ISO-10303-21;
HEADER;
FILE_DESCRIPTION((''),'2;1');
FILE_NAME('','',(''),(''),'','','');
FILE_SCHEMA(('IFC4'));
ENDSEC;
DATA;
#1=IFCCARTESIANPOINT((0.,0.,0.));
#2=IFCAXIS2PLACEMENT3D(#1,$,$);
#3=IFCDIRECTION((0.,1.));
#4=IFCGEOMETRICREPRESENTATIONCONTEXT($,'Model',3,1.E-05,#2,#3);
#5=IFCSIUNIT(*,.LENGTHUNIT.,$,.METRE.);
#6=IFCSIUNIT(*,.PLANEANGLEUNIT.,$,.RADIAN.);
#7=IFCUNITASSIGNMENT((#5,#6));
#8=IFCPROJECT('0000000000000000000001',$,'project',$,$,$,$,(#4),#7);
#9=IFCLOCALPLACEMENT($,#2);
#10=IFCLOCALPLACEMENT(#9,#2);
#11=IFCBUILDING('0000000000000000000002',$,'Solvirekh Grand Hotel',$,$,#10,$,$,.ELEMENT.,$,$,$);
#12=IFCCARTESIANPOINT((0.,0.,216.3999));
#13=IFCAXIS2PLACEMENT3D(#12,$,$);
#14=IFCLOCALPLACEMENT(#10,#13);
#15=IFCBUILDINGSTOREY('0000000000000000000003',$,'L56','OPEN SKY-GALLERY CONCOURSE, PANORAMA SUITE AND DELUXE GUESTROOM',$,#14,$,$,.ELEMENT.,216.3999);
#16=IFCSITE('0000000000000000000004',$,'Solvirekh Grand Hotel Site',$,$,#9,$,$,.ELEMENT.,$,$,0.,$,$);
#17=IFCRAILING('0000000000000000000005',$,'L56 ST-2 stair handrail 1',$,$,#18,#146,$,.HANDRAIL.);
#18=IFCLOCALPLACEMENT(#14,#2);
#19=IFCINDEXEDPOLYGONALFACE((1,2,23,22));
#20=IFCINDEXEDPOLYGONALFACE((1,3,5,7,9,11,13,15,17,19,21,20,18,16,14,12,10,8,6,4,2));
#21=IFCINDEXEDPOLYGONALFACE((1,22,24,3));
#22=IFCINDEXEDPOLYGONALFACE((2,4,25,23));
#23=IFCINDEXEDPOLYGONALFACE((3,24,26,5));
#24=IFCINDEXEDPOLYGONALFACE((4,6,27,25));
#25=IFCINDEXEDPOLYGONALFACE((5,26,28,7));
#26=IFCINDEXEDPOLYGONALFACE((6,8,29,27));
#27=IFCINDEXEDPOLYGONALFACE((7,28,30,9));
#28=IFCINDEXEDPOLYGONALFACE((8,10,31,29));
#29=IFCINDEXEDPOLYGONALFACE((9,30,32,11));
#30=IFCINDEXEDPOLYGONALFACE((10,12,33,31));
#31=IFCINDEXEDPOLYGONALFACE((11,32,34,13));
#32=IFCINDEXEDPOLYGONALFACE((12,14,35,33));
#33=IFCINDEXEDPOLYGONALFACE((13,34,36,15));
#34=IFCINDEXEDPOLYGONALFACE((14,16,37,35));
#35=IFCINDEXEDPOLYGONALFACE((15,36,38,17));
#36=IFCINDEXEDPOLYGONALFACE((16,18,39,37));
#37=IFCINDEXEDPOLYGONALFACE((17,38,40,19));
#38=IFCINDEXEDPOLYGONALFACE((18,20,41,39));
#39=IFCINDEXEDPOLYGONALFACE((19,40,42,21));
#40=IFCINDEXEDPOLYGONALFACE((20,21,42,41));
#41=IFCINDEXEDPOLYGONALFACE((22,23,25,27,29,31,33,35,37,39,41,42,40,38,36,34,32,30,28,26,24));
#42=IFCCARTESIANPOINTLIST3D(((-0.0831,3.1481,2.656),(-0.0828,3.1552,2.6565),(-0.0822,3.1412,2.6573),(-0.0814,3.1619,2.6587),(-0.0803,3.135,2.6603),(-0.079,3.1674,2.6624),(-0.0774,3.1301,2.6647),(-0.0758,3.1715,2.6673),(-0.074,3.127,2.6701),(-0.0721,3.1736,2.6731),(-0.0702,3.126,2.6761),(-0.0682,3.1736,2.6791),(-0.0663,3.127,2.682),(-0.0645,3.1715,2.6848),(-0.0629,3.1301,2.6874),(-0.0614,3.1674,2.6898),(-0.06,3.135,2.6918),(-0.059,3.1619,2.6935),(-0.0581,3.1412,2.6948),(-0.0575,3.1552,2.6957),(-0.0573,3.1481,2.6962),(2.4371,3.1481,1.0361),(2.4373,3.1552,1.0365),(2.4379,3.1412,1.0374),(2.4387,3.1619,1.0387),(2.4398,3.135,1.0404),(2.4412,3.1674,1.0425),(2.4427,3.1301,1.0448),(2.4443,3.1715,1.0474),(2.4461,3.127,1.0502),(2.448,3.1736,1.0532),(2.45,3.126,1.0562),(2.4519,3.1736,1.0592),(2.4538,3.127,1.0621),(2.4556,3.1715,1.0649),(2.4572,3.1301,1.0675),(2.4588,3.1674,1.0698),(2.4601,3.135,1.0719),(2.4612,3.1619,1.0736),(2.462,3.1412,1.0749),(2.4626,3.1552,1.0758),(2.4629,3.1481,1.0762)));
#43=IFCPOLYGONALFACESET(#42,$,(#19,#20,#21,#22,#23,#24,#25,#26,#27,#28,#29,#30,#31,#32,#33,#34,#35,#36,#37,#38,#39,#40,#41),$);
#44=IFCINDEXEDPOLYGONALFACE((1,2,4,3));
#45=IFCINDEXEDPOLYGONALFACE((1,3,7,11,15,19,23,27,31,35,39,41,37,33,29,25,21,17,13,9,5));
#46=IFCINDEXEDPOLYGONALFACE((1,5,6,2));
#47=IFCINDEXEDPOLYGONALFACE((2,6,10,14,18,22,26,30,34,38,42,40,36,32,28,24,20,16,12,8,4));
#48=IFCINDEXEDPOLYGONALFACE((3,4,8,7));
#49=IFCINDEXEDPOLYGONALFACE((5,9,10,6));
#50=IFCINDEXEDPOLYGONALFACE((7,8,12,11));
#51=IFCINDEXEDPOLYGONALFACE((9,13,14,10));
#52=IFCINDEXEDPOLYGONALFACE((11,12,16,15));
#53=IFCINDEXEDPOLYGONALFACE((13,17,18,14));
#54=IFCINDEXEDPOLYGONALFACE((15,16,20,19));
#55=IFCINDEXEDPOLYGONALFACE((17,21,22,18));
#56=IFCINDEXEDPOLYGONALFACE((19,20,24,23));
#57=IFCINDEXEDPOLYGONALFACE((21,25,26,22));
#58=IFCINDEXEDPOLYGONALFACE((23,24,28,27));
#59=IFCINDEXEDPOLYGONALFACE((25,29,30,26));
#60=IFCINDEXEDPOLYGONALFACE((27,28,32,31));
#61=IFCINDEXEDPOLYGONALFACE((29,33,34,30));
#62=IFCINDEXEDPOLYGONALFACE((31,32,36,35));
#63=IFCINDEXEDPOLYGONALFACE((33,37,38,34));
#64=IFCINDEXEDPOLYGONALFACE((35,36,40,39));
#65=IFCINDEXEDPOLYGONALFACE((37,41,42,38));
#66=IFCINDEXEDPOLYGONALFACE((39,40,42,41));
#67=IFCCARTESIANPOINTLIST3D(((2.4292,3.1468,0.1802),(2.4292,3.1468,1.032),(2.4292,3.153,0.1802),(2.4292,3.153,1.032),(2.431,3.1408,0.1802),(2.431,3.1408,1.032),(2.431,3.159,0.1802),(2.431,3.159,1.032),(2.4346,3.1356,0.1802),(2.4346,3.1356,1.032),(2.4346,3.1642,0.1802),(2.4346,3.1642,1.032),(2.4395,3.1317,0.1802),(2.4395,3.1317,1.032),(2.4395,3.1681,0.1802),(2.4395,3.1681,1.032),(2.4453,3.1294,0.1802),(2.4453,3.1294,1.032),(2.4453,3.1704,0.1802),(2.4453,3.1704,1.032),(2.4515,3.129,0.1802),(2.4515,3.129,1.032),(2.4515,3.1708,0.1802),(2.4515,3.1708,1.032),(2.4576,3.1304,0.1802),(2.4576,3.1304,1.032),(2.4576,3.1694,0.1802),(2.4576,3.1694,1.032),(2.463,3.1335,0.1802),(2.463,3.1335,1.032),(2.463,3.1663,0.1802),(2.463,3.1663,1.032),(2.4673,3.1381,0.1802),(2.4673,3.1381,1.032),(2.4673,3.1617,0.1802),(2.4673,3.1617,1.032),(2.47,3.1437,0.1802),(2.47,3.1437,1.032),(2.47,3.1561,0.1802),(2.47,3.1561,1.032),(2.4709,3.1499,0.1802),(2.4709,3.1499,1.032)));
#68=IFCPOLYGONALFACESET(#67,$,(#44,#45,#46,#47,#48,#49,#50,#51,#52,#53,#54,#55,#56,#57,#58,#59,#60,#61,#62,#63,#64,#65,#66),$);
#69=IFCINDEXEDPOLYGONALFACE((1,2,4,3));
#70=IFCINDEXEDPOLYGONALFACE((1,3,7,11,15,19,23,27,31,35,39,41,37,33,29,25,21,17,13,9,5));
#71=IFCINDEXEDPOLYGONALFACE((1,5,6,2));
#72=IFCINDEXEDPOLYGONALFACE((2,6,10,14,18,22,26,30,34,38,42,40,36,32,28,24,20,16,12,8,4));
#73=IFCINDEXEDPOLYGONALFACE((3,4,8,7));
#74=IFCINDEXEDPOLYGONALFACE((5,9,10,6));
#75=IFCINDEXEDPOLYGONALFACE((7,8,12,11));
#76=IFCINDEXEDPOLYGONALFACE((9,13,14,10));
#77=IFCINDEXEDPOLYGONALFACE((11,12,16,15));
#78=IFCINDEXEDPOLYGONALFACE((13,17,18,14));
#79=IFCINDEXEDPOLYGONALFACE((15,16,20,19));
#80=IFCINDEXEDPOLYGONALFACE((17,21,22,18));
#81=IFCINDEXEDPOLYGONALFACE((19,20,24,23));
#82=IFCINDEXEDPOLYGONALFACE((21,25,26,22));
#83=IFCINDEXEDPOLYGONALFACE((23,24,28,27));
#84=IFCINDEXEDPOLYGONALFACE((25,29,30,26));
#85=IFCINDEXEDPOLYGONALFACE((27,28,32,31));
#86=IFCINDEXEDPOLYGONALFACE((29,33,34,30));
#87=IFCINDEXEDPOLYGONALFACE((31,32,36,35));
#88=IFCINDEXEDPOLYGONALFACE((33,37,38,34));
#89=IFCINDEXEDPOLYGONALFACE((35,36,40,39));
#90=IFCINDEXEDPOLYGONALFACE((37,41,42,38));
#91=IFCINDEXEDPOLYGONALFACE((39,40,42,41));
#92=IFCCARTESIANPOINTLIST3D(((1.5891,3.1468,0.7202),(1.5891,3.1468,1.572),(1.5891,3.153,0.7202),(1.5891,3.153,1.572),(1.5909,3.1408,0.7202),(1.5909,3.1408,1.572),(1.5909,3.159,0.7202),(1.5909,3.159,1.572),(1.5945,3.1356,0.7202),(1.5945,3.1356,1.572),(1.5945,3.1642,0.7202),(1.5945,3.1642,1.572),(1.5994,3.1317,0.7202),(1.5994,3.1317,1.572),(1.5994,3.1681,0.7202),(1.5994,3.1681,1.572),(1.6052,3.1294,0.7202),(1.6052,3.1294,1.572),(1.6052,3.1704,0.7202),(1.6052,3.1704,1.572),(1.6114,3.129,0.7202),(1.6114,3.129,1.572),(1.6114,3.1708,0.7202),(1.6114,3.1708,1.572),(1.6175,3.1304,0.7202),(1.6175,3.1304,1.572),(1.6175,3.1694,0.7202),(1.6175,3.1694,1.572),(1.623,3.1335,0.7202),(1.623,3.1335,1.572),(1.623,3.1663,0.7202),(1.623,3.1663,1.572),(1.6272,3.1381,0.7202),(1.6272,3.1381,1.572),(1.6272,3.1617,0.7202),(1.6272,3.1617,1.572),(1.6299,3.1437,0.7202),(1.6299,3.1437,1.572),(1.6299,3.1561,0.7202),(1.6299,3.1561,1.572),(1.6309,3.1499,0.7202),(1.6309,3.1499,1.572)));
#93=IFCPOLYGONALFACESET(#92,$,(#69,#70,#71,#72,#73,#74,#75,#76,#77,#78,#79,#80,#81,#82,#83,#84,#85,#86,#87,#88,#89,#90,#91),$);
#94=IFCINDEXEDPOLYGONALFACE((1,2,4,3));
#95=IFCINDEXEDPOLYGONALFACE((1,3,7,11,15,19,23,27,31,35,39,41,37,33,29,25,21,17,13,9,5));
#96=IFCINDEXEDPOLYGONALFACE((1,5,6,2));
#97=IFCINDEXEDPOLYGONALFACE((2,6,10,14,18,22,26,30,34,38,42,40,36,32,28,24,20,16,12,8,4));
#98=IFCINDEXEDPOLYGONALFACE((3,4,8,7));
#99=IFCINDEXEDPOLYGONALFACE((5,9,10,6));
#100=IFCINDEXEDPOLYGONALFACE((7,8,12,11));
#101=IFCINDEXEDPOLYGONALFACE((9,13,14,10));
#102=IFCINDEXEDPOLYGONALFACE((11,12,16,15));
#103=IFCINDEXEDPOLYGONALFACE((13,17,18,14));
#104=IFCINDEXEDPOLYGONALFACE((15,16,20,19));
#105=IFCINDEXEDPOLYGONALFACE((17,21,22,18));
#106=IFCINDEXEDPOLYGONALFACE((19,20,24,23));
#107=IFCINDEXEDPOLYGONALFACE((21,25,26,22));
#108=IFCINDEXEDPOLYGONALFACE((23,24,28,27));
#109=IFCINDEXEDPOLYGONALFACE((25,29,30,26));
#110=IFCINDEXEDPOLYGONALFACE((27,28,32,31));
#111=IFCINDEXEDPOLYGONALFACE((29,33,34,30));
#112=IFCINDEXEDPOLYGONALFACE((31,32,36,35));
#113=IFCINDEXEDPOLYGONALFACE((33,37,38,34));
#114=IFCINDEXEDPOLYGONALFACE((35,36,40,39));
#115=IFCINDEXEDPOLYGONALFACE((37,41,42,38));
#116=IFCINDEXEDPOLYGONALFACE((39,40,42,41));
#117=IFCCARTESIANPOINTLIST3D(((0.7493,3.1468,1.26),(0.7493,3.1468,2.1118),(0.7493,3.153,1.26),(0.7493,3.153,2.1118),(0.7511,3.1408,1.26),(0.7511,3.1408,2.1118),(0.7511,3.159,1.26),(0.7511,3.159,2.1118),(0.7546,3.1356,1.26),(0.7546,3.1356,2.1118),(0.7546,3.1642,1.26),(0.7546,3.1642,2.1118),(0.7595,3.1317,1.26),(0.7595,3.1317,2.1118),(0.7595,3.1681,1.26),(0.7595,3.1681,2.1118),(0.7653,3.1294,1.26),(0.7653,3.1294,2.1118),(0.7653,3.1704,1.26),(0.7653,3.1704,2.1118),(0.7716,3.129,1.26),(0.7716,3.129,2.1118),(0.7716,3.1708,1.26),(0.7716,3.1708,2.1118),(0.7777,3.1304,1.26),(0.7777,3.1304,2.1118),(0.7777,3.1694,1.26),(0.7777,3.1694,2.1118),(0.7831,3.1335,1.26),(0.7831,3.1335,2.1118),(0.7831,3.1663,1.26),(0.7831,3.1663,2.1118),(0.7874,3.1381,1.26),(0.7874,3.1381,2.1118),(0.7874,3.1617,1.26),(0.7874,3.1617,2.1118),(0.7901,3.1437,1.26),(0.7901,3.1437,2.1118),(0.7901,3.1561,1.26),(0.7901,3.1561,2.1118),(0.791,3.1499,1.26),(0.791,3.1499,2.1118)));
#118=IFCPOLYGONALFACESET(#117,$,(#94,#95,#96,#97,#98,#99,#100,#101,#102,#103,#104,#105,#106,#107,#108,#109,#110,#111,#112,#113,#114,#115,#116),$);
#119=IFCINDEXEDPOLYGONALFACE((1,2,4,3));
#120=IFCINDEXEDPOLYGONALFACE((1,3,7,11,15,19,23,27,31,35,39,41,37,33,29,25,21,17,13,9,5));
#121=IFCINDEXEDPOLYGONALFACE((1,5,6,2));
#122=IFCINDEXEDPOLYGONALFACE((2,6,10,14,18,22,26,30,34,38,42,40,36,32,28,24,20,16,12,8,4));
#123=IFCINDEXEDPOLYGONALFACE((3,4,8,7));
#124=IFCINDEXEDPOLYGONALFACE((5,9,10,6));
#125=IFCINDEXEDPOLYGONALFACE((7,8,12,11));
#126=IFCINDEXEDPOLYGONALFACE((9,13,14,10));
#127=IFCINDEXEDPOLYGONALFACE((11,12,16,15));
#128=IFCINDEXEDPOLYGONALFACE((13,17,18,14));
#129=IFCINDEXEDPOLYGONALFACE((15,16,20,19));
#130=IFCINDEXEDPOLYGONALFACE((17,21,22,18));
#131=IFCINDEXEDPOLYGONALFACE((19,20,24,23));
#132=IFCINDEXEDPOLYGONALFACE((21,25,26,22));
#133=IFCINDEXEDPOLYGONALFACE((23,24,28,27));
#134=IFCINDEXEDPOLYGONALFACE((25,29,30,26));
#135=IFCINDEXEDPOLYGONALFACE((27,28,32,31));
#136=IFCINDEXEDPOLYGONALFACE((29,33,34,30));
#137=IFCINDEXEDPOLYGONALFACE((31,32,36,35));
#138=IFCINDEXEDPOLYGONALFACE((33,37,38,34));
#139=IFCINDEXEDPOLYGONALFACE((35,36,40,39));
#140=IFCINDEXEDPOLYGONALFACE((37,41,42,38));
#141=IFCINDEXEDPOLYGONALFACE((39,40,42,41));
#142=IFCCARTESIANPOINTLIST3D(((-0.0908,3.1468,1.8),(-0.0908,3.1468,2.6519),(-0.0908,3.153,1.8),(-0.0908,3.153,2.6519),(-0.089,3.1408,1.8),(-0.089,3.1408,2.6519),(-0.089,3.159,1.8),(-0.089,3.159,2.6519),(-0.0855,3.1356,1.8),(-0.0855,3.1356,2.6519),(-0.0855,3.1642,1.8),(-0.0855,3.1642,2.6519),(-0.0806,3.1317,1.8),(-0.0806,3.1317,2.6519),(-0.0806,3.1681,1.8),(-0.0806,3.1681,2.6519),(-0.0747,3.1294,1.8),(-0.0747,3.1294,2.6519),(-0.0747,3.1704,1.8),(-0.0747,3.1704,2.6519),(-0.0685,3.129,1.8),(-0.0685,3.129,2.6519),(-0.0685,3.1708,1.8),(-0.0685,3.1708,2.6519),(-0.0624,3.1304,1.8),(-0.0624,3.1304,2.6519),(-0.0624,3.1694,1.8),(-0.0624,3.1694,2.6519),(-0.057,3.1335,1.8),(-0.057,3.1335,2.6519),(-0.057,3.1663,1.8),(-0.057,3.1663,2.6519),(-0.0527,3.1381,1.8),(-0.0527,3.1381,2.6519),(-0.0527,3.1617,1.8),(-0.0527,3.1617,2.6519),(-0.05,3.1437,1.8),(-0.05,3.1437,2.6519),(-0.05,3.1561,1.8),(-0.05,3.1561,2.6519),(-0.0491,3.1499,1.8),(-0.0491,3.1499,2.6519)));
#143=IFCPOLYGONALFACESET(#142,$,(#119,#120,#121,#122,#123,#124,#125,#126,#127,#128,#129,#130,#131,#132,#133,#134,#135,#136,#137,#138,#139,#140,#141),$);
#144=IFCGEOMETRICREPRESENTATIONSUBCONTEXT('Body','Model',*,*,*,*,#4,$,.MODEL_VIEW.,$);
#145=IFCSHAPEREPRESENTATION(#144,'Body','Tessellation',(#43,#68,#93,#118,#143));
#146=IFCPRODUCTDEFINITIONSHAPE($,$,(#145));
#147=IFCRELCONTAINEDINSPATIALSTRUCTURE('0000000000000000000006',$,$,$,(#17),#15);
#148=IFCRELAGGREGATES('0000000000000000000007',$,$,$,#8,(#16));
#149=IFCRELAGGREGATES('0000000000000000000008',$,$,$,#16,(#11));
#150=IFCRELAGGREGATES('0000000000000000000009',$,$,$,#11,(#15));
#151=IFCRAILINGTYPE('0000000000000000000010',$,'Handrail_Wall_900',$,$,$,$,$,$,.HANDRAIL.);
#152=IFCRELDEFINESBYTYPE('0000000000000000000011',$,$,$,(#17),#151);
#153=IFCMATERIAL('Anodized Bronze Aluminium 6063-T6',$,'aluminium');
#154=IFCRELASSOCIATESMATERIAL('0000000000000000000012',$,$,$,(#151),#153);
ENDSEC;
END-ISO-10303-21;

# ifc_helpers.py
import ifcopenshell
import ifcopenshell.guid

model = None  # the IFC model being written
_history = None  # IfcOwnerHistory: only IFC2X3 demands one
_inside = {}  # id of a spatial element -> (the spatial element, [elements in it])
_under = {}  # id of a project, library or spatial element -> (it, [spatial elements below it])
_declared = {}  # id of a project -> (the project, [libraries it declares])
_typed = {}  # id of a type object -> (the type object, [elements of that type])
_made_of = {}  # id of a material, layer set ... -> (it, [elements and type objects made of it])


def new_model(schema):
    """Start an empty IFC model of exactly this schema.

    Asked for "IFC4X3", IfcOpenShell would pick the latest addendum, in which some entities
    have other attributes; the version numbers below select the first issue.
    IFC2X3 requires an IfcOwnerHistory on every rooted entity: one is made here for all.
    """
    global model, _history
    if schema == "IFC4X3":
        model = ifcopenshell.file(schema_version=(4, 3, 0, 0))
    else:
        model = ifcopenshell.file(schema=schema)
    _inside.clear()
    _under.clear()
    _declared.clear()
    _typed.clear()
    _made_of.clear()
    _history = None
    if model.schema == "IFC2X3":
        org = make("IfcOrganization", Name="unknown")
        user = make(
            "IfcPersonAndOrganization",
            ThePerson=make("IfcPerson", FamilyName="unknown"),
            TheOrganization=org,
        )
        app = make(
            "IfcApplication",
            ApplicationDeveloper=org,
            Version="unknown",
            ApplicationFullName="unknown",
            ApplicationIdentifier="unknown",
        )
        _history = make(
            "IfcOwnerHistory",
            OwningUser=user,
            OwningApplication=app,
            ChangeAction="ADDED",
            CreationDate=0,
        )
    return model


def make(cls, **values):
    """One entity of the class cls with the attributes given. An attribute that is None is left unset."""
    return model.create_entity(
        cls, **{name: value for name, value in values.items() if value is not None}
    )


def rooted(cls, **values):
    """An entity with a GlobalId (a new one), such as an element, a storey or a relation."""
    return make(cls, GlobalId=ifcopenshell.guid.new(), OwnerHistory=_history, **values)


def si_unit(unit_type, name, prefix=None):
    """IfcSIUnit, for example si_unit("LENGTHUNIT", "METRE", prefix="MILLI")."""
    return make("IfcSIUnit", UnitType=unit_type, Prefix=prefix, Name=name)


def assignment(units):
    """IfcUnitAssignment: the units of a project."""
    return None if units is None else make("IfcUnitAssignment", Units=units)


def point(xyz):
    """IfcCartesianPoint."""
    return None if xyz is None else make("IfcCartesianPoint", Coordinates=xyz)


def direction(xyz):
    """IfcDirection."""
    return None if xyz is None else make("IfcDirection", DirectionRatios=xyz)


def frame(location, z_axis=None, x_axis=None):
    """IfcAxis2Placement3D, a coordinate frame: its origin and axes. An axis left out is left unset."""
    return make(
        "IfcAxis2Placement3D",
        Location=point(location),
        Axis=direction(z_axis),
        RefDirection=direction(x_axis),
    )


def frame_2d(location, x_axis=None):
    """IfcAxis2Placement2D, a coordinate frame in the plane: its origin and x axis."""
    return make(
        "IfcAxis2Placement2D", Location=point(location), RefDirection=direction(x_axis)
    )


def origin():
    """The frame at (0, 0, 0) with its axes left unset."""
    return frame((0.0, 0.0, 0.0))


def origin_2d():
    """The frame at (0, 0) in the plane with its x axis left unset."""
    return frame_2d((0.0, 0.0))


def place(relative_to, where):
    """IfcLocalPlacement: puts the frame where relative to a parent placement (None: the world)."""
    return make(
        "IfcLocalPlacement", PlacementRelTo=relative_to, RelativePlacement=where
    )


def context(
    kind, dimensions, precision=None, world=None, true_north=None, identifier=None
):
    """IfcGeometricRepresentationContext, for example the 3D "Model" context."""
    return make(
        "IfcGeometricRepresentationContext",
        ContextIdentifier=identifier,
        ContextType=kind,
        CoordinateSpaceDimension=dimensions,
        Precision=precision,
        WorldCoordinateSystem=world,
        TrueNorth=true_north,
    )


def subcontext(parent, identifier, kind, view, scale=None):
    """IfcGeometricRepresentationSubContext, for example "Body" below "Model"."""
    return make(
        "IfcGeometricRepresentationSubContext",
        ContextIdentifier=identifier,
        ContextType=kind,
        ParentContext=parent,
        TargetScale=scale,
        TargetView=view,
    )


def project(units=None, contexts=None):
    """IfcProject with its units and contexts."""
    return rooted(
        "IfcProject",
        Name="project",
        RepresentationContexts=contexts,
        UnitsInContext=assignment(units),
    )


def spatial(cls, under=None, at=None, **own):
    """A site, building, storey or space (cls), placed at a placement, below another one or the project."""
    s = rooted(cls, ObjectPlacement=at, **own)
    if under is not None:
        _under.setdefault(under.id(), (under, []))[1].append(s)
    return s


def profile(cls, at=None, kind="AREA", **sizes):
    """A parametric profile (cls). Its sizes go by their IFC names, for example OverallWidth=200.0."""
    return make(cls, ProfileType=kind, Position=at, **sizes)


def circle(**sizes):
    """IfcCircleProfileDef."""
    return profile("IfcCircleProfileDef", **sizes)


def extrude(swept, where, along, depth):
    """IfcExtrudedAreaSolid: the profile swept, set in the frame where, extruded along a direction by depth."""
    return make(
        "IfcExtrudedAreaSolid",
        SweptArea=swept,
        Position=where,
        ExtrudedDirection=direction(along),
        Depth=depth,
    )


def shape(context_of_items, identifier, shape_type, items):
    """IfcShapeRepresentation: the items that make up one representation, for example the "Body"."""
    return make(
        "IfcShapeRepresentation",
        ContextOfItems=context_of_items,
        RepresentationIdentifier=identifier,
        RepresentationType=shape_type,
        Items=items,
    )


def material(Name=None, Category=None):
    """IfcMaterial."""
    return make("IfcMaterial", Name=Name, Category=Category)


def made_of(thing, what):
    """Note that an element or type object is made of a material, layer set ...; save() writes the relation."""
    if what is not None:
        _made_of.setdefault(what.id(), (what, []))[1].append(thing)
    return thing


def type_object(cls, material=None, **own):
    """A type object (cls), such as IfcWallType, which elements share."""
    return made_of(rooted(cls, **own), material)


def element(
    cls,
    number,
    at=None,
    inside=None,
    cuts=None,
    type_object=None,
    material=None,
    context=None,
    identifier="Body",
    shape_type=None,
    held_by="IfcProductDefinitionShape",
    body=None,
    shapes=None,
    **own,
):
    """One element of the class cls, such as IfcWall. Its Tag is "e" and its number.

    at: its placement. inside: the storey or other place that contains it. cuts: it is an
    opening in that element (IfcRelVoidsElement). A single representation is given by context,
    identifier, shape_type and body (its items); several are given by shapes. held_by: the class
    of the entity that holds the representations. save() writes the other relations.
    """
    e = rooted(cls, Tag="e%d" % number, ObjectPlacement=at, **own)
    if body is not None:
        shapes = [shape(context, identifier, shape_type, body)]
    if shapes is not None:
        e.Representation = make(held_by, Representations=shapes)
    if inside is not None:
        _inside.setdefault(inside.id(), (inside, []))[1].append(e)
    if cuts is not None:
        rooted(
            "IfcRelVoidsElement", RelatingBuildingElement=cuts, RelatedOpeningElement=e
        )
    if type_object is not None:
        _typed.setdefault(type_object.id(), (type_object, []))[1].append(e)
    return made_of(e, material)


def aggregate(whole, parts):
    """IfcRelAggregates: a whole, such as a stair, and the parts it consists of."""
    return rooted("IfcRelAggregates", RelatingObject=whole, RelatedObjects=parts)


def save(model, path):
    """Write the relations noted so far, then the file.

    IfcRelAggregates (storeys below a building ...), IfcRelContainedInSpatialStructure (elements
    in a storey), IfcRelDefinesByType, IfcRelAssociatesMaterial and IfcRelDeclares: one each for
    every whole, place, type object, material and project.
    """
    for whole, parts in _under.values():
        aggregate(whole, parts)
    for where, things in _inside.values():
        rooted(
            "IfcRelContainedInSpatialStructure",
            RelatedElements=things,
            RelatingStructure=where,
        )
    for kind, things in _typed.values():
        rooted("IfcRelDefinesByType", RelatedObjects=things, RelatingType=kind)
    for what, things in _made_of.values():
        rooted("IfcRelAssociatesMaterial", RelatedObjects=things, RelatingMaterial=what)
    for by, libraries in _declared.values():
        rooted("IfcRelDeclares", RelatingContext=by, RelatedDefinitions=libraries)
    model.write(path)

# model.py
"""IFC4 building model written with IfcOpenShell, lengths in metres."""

from ifc_helpers import new_model, si_unit, direction, frame, origin, origin_2d, place, context, subcontext, project, spatial, circle, extrude, material, type_object, element, save


model = new_model("IFC4")

# Units and contexts
model_context = context("Model", 3, precision=1e-05, world=origin(), true_north=direction((0.0, 1.0)))
body_context = subcontext(model_context, "Body", "Model", "MODEL_VIEW")
ifc_project = project(units=[si_unit("LENGTHUNIT", "METRE"), si_unit("PLANEANGLEUNIT", "RADIAN")], contexts=[model_context])

# Site, building, storey
site_placement = place(None, origin())
site = spatial("IfcSite", under=ifc_project, at=site_placement, Name="Solvirekh Grand Hotel Site", CompositionType="ELEMENT", RefElevation=0.0)
building_placement = place(site_placement, origin())
building = spatial("IfcBuilding", under=site, at=building_placement, Name="Solvirekh Grand Hotel", CompositionType="ELEMENT")
storey_placement = place(building_placement, frame((0.0, 0.0, 216.3999)))
storey = spatial("IfcBuildingStorey", under=building, at=storey_placement, Name="L56", Description="OPEN SKY-GALLERY CONCOURSE, PANORAMA SUITE AND DELUXE GUESTROOM", CompositionType="ELEMENT", Elevation=216.3999)

# Shared definitions
ifc_material_1 = material(Name="Anodized Bronze Aluminium 6063-T6", Category="aluminium")

# Railing
railing_type_1 = type_object("IfcRailingType", Name="Handrail_Wall_900", PredefinedType="HANDRAIL", material=ifc_material_1)
railing_1_placement = place(storey_placement, frame((2.45, 3.1499, 0.1802)))
element("IfcRailing", 1, at=railing_1_placement, inside=storey, type_object=railing_type_1, Name="L56 ST-2 stair handrail 1", PredefinedType="HANDRAIL", context=body_context, shape_type="SweptSolid", body=[
    extrude(circle(Radius=0.0239, at=origin_2d()), frame((0.0, 0.0, 0.876), z_axis=(-0.8412, 0.0, 0.540725), x_axis=(0.0, -1.0, 0.0)), (0.0, 0.0, 1.0), 2.9958),
    extrude(circle(Radius=0.021, at=origin_2d()), origin(), (0.0, 0.0, 1.0), 0.8518),
    extrude(circle(Radius=0.021, at=origin_2d()), frame((-0.8401, 0.0, 0.54)), (0.0, 0.0, 1.0), 0.8518),
    extrude(circle(Radius=0.021, at=origin_2d()), frame((-1.6799, 0.0, 1.0798)), (0.0, 0.0, 1.0), 0.8518),
    extrude(circle(Radius=0.021, at=origin_2d()), frame((-2.52, 0.0, 1.6199)), (0.0, 0.0, 1.0), 0.8518),
])

save(model, "model.ifc")
